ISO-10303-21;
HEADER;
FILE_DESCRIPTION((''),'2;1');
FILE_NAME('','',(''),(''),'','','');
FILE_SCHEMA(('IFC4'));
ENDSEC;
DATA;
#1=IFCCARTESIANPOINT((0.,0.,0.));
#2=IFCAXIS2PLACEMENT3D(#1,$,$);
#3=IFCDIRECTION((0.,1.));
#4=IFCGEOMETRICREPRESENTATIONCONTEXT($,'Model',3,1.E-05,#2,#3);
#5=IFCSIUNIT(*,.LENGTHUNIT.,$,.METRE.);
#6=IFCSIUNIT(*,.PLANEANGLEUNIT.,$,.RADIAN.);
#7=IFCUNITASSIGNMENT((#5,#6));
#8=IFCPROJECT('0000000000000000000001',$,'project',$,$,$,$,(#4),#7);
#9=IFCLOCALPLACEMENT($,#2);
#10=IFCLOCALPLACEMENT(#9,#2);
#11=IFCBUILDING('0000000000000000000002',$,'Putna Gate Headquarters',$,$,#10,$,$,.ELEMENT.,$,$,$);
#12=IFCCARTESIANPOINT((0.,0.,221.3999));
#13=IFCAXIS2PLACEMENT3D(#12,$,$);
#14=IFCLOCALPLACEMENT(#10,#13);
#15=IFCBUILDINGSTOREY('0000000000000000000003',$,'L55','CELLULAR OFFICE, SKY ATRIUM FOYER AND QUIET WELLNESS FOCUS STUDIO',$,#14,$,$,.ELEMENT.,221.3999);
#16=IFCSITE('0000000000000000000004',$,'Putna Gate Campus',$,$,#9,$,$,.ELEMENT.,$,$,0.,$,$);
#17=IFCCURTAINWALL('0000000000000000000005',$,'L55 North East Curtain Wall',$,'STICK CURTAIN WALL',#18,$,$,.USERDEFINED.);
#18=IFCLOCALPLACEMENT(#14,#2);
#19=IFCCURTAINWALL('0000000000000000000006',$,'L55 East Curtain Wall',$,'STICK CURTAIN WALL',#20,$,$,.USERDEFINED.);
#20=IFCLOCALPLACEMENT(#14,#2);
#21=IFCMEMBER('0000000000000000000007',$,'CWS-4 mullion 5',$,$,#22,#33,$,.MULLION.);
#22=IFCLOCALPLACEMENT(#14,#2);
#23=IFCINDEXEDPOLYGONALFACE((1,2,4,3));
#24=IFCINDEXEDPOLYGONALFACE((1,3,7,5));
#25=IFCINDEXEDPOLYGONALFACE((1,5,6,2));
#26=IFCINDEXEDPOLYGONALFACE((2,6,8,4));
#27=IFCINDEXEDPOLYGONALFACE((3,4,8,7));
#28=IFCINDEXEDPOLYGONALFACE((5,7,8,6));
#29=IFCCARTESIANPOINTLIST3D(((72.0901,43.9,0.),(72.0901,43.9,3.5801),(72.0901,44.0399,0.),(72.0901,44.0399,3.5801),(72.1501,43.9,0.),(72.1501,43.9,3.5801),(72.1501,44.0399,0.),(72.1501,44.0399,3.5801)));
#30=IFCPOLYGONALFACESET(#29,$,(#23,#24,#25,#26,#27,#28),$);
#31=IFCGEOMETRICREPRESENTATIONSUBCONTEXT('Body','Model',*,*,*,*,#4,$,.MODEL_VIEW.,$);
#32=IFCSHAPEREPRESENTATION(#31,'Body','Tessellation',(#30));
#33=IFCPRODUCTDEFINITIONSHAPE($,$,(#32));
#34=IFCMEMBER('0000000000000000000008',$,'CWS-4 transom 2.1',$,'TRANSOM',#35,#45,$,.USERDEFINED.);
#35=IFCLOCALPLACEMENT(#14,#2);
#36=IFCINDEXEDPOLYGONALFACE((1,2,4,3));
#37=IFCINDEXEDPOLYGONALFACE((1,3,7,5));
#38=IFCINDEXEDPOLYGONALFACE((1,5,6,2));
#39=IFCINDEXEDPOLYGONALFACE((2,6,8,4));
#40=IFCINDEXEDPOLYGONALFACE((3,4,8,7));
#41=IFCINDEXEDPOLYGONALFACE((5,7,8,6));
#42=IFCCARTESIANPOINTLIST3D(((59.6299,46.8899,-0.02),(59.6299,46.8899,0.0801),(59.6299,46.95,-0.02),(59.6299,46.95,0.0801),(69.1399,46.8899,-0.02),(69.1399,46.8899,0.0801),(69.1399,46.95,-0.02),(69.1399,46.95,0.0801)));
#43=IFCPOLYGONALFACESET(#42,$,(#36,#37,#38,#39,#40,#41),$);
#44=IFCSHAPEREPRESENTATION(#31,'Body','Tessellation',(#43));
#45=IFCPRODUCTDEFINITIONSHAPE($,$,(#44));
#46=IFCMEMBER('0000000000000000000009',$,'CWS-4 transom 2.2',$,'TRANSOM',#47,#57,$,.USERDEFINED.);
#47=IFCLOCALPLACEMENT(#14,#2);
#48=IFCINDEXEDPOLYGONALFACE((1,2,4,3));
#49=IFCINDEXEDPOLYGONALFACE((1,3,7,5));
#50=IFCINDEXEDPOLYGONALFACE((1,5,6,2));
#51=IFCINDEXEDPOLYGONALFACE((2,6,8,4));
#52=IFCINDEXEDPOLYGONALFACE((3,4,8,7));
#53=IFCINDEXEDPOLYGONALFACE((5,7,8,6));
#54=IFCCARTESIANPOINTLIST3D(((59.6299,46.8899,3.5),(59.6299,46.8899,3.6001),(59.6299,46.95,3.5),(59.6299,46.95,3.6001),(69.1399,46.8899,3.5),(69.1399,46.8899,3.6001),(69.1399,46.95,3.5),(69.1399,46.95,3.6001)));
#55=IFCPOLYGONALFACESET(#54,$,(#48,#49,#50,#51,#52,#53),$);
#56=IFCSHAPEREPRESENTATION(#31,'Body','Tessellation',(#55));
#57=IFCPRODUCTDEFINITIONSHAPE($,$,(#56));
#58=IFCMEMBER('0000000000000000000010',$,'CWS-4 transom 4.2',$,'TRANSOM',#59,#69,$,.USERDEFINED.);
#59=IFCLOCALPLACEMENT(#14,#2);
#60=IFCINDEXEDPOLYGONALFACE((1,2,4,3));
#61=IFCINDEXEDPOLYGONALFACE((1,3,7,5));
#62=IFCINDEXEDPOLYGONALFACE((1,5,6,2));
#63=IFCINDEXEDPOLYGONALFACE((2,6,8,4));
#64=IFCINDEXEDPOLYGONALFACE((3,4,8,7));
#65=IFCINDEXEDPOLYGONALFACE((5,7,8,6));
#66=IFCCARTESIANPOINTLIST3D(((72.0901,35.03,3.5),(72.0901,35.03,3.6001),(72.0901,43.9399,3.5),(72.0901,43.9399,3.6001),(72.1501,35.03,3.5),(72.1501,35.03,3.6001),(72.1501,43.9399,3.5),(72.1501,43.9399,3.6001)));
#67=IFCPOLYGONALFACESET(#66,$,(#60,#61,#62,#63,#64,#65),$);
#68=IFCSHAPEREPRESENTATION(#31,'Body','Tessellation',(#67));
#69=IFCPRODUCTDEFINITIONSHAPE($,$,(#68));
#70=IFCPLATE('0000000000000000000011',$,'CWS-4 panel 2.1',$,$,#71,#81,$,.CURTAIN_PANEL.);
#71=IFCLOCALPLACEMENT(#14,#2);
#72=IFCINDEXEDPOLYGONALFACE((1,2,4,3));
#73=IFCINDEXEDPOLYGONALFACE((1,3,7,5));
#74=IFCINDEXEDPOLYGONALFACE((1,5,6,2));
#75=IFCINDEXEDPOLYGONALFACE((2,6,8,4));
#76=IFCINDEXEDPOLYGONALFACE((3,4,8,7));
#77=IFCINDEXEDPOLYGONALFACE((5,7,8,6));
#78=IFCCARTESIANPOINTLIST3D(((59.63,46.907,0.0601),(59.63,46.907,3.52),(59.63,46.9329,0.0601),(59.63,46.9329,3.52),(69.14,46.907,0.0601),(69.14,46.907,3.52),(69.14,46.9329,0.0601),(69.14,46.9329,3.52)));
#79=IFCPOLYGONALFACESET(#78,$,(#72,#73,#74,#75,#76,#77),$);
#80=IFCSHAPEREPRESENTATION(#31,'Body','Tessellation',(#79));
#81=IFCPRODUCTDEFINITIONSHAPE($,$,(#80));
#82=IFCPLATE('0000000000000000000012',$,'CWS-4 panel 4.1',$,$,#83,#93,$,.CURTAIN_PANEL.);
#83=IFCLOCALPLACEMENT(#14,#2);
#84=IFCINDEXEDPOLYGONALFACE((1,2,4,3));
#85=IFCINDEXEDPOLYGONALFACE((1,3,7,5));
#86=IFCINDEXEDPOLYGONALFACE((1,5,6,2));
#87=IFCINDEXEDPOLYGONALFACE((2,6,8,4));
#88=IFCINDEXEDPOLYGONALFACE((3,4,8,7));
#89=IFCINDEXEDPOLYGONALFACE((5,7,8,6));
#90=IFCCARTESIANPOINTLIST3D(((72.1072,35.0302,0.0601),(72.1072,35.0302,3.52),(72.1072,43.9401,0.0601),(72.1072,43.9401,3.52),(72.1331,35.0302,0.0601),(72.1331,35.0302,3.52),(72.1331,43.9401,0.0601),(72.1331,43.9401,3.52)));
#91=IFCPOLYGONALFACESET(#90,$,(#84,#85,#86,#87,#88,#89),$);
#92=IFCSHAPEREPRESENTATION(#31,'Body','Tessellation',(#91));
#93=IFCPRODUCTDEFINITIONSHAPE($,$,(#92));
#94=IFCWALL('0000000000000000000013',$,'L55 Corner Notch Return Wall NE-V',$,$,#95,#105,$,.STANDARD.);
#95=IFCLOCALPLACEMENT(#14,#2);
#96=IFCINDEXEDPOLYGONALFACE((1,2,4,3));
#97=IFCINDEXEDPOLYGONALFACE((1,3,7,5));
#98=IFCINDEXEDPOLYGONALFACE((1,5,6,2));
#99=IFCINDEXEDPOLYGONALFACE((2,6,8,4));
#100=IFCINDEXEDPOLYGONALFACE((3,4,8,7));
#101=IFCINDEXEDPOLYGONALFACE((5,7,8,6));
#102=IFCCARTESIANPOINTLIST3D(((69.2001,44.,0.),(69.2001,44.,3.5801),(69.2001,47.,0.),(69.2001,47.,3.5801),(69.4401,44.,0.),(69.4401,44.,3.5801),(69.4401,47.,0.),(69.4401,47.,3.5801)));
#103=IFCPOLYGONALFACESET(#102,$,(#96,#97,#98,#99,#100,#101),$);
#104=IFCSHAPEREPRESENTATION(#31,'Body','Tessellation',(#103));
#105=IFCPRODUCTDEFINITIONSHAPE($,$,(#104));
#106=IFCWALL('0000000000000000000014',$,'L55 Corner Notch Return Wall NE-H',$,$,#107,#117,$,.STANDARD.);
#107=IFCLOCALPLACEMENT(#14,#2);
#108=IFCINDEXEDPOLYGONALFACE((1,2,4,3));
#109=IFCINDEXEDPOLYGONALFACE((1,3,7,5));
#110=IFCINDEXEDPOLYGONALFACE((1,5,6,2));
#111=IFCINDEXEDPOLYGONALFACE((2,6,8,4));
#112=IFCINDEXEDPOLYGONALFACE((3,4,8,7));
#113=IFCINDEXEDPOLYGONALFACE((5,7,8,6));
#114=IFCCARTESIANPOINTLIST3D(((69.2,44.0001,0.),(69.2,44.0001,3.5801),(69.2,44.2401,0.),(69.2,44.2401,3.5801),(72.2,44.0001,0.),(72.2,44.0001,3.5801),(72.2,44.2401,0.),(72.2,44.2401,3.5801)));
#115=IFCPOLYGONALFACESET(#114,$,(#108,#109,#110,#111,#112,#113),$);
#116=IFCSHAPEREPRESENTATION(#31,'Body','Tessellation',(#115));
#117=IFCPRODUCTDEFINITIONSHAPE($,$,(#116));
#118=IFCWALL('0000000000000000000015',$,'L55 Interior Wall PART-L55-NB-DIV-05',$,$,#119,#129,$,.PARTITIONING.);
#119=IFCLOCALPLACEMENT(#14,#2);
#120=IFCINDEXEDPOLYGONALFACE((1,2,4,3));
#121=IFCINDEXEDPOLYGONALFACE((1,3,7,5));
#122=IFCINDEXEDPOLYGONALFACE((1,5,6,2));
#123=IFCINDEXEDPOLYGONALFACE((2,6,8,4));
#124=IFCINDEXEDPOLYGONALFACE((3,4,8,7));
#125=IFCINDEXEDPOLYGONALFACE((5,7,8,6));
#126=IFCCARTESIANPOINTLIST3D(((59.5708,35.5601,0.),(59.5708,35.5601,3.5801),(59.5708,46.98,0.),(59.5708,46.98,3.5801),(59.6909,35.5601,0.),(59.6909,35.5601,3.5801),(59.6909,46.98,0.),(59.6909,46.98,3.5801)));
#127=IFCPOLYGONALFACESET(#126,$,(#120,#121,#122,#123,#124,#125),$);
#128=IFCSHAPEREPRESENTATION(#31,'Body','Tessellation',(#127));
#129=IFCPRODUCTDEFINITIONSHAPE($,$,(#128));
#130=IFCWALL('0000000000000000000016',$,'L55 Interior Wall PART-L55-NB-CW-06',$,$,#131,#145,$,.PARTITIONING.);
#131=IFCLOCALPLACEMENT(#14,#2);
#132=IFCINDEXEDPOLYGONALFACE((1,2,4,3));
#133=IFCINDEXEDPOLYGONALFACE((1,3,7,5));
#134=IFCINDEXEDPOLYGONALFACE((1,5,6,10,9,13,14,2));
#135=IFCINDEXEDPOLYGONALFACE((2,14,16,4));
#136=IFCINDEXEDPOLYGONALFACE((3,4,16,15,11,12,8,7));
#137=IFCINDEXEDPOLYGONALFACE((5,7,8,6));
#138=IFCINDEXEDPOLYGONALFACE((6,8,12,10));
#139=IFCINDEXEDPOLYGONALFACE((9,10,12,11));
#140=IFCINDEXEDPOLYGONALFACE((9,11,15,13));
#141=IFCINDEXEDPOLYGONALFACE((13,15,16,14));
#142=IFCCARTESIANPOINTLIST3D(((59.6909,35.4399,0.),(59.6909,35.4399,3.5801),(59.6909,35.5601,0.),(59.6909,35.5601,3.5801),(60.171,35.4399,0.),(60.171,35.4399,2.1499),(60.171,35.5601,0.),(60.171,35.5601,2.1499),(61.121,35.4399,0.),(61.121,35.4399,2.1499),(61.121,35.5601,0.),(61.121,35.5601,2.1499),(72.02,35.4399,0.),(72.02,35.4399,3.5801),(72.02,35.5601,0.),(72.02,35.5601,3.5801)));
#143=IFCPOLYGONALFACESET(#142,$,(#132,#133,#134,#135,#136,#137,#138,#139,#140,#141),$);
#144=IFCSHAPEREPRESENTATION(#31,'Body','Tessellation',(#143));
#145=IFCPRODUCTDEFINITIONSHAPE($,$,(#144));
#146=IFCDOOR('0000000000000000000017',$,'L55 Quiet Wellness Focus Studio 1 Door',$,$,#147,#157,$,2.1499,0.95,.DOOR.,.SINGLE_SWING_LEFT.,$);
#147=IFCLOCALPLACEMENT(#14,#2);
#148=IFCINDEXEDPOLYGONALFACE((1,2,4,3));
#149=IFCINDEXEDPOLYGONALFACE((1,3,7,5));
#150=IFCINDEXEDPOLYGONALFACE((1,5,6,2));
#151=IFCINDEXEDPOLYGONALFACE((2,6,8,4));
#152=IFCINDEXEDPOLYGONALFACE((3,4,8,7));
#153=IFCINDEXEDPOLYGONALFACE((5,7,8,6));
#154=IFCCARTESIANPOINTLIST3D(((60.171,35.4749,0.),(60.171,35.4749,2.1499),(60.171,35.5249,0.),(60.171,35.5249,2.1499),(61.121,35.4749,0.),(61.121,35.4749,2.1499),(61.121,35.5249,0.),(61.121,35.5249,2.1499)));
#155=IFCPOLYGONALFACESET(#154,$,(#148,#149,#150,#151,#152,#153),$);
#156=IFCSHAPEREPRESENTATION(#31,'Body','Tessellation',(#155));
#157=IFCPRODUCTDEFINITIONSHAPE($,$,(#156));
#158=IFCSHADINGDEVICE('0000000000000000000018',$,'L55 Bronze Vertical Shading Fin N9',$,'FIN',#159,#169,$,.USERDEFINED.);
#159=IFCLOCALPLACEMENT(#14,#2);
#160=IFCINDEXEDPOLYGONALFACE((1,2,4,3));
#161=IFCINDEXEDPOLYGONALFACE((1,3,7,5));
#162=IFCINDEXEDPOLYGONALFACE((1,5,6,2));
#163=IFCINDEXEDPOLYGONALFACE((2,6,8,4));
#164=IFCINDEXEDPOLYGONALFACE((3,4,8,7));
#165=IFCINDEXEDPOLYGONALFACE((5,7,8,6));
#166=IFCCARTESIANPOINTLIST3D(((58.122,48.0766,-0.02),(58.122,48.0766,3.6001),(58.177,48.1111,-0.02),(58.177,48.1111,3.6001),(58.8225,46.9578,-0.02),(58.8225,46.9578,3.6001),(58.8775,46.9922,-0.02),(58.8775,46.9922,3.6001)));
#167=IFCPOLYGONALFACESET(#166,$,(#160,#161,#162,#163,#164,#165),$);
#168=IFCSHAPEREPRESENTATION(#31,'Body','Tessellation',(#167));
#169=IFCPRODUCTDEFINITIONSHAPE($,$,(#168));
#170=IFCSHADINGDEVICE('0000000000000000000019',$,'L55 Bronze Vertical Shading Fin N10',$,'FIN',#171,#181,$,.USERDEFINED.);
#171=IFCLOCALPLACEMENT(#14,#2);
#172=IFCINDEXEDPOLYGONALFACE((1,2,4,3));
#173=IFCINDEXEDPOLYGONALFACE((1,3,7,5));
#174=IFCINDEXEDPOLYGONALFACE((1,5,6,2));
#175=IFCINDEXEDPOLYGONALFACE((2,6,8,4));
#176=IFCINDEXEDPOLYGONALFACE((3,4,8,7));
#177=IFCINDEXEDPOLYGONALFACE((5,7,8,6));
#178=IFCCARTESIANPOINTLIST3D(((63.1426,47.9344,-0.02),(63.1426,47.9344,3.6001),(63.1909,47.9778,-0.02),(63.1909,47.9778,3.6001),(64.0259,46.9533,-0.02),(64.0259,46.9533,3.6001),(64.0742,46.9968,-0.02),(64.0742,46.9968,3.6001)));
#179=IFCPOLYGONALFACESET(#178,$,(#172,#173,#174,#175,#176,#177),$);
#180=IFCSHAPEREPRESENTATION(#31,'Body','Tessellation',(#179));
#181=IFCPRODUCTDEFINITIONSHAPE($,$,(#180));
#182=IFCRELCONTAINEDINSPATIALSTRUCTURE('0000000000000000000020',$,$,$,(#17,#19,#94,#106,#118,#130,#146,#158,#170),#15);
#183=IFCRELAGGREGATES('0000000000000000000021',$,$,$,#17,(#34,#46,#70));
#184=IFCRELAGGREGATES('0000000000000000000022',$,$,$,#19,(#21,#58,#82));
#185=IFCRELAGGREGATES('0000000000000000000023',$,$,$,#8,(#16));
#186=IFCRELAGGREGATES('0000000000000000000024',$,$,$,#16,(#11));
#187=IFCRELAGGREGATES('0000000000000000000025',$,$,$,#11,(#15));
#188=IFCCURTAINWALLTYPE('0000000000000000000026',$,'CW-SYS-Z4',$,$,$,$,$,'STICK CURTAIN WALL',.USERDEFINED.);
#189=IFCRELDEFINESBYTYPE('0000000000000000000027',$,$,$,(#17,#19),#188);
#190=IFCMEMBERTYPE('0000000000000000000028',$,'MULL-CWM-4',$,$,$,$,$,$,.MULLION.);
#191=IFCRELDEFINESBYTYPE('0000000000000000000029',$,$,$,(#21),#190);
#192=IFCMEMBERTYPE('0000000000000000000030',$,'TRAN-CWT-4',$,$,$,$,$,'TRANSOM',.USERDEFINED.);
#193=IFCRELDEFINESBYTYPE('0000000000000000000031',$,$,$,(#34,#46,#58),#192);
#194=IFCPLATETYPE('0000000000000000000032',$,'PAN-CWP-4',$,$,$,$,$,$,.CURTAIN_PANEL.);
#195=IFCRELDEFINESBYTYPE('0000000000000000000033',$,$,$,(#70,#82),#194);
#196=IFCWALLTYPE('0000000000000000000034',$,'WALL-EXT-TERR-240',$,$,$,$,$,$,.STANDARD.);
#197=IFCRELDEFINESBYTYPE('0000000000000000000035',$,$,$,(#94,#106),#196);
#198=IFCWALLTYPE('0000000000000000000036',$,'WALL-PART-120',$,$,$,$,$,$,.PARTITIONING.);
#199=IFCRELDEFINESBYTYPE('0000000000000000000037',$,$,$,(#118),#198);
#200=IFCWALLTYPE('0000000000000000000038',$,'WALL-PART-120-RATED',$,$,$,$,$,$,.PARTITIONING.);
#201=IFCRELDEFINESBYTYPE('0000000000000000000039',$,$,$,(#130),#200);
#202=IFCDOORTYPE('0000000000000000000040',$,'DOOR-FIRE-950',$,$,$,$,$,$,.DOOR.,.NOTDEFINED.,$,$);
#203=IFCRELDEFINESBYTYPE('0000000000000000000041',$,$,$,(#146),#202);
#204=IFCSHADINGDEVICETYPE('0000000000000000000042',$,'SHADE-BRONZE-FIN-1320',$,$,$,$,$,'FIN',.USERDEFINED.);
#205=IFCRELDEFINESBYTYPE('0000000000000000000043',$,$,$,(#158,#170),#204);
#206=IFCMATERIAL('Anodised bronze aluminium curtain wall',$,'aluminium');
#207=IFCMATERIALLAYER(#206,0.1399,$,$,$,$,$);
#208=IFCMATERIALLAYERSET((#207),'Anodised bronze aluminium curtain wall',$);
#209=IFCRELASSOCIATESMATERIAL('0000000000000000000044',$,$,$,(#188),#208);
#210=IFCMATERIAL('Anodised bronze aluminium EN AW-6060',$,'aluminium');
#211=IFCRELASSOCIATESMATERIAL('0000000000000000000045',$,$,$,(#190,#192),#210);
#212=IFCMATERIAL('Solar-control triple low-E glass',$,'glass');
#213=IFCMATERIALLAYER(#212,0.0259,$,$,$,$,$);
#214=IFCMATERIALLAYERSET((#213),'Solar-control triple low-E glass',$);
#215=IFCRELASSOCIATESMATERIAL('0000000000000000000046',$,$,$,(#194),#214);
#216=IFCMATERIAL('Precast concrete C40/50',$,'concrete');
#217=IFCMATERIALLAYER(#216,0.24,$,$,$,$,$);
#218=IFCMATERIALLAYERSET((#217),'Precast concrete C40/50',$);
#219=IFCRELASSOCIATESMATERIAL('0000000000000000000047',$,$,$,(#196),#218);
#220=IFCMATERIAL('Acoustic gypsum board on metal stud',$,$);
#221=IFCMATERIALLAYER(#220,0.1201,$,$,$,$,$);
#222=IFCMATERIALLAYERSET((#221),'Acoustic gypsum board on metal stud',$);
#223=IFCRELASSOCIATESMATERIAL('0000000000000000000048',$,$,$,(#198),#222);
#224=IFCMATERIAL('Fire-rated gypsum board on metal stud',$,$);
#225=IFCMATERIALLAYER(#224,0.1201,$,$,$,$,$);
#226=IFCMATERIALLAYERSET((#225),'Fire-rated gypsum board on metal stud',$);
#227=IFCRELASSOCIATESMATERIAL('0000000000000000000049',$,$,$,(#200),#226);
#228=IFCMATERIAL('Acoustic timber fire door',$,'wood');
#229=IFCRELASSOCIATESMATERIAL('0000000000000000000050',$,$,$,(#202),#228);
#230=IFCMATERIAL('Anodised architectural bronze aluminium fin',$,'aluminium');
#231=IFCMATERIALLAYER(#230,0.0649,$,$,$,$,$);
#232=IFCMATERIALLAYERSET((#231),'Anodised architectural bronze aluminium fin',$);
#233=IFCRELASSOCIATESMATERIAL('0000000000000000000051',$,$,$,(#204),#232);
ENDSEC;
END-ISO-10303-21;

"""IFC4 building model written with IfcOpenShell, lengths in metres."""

from ifc_helpers import new_model, si_unit, direction, frame, frame_2d, origin, origin_2d, place, context, subcontext, project, spatial, rectangle, extrude, material, layer, layer_set, material_profile, profile_set, type_object, element, fill, aggregate, save


model = new_model("IFC4")

# Units and contexts
model_context = context("Model", 3, precision=1e-05, world=origin(), true_north=direction((0.0, 1.0)))
body_context = subcontext(model_context, "Body", "Model", "MODEL_VIEW")
ifc_project = project(units=[si_unit("LENGTHUNIT", "METRE"), si_unit("PLANEANGLEUNIT", "RADIAN")], contexts=[model_context])

# Site, building, storey
site_placement = place(None, origin())
site = spatial("IfcSite", under=ifc_project, at=site_placement, Name="Putna Gate Campus", CompositionType="ELEMENT", RefElevation=0.0)
building_placement = place(site_placement, origin())
building = spatial("IfcBuilding", under=site, at=building_placement, Name="Putna Gate Headquarters", CompositionType="ELEMENT")
storey_placement = place(building_placement, frame((0.0, 0.0, 221.3999)))
storey = spatial("IfcBuildingStorey", under=building, at=storey_placement, Name="L55", Description="CELLULAR OFFICE, SKY ATRIUM FOYER AND QUIET WELLNESS FOCUS STUDIO", CompositionType="ELEMENT", Elevation=221.3999)

# Curtain wall
ifc_material_1 = material(Name="Anodised bronze aluminium curtain wall", Category="aluminium")
ifc_layer_1 = layer(ifc_material_1, 0.1399)
ifc_layer_set_1 = layer_set([ifc_layer_1], Name="Anodised bronze aluminium curtain wall")
curtain_wall_type = type_object("IfcCurtainWallType", Name="CW-SYS-Z4", ElementType="STICK CURTAIN WALL", PredefinedType="USERDEFINED", material=ifc_layer_set_1)
curtain_wall_1_placement = place(storey_placement, origin())
curtain_wall_1 = element("IfcCurtainWall", 1, at=curtain_wall_1_placement, inside=storey, type_object=curtain_wall_type, Name="L55 North East Curtain Wall", ObjectType="STICK CURTAIN WALL", PredefinedType="USERDEFINED")
ifc_material_2 = material(Name="Anodised bronze aluminium EN AW-6060", Category="aluminium")
ifc_material_profile_1 = material_profile(ifc_material_2, rectangle(XDim=0.0601, YDim=0.1399, at=origin_2d()), Name="Anodised bronze aluminium EN AW-6060")
ifc_profile_set_1 = profile_set([ifc_material_profile_1], Name="Anodised bronze aluminium EN AW-6060")
member_type_1 = type_object("IfcMemberType", Name="MULL-CWM-4", PredefinedType="MULLION", material=ifc_profile_set_1)

# Curtain wall, member
curtain_wall_2_placement = place(storey_placement, origin())
curtain_wall_2 = element("IfcCurtainWall", 2, at=curtain_wall_2_placement, inside=storey, type_object=curtain_wall_type, Name="L55 East Curtain Wall", ObjectType="STICK CURTAIN WALL", PredefinedType="USERDEFINED")
member_1_placement = place(storey_placement, frame((72.1201, 43.97, 0.0), z_axis=(0.0, 0.0, 1.0), x_axis=(-1.0, 0.0, 0.0)))
member_1 = element("IfcMember", 3, at=member_1_placement, type_object=member_type_1, Name="CWS-4 mullion 5", PredefinedType="MULLION", context=body_context, shape_type="SweptSolid", body=[
    extrude(rectangle(XDim=0.0601, YDim=0.1399, at=origin_2d()), origin(), (0.0, 0.0, 1.0), 3.5801),
])

# Members
ifc_material_profile_2 = material_profile(ifc_material_2, rectangle(XDim=0.0601, YDim=0.1001, at=origin_2d()), Name="Anodised bronze aluminium EN AW-6060")
ifc_profile_set_2 = profile_set([ifc_material_profile_2], Name="Anodised bronze aluminium EN AW-6060")
member_type_2 = type_object("IfcMemberType", Name="TRAN-CWT-4", ElementType="TRANSOM", PredefinedType="USERDEFINED", material=ifc_profile_set_2)
member_2_placement = place(storey_placement, frame((59.6299, 46.9199, 0.03), z_axis=(1.0, 0.0, 0.0), x_axis=(0.0, 1.0, 0.0)))
member_2 = element("IfcMember", 4, at=member_2_placement, type_object=member_type_2, Name="CWS-4 transom 2.1", ObjectType="TRANSOM", PredefinedType="USERDEFINED", context=body_context, shape_type="SweptSolid", body=[
    extrude(rectangle(XDim=0.0601, YDim=0.1001, at=origin_2d()), origin(), (0.0, 0.0, 1.0), 9.51),
])
member_3_placement = place(storey_placement, frame((59.6299, 46.9199, 3.55), z_axis=(1.0, 0.0, 0.0), x_axis=(0.0, 1.0, 0.0)))
member_3 = element("IfcMember", 5, at=member_3_placement, type_object=member_type_2, Name="CWS-4 transom 2.2", ObjectType="TRANSOM", PredefinedType="USERDEFINED", context=body_context, shape_type="SweptSolid", body=[
    extrude(rectangle(XDim=0.0601, YDim=0.1001, at=origin_2d()), origin(), (0.0, 0.0, 1.0), 9.51),
])
member_4_placement = place(storey_placement, frame((72.1201, 35.03, 3.55), z_axis=(0.0, 1.0, 0.0), x_axis=(-1.0, 0.0, 0.0)))
member_4 = element("IfcMember", 6, at=member_4_placement, type_object=member_type_2, Name="CWS-4 transom 4.2", ObjectType="TRANSOM", PredefinedType="USERDEFINED", context=body_context, shape_type="SweptSolid", body=[
    extrude(rectangle(XDim=0.0601, YDim=0.1001, at=origin_2d()), origin(), (0.0, 0.0, 1.0), 8.9099),
])

# Plates
ifc_material_3 = material(Name="Solar-control triple low-E glass", Category="glass")
ifc_layer_2 = layer(ifc_material_3, 0.0259)
ifc_layer_set_2 = layer_set([ifc_layer_2], Name="Solar-control triple low-E glass")
plate_type = type_object("IfcPlateType", Name="PAN-CWP-4", PredefinedType="CURTAIN_PANEL", material=ifc_layer_set_2)
plate_1_placement = place(storey_placement, frame((64.385, 46.9199, 0.0601), z_axis=(0.0, 0.0, 1.0), x_axis=(1.0, 0.0, 0.0)))
plate_1 = element("IfcPlate", 7, at=plate_1_placement, type_object=plate_type, Name="CWS-4 panel 2.1", PredefinedType="CURTAIN_PANEL", context=body_context, shape_type="SweptSolid", body=[
    extrude(rectangle(XDim=9.51, YDim=0.0259, at=origin_2d()), origin(), (0.0, 0.0, 1.0), 3.46),
])
aggregate(curtain_wall_1, [member_2, member_3, plate_1])
plate_2_placement = place(storey_placement, frame((72.1201, 39.4851, 0.0601), z_axis=(0.0, 0.0, 1.0), x_axis=(0.0, 1.0, 0.0)))
plate_2 = element("IfcPlate", 8, at=plate_2_placement, type_object=plate_type, Name="CWS-4 panel 4.1", PredefinedType="CURTAIN_PANEL", context=body_context, shape_type="SweptSolid", body=[
    extrude(rectangle(XDim=8.9099, YDim=0.0259, at=origin_2d()), origin(), (0.0, 0.0, 1.0), 3.46),
])
aggregate(curtain_wall_2, [member_1, member_4, plate_2])

# Walls
ifc_material_4 = material(Name="Precast concrete C40/50", Category="concrete")
ifc_layer_3 = layer(ifc_material_4, 0.24)
ifc_layer_set_3 = layer_set([ifc_layer_3], Name="Precast concrete C40/50")
wall_type_1 = type_object("IfcWallType", Name="WALL-EXT-TERR-240", PredefinedType="STANDARD", material=ifc_layer_set_3)
for number, where, z_axis, x_axis, name in (
    (9, (69.3201, 47.0, 0.0), (0.0, 0.0, 1.0), (0.0, -1.0, 0.0), "L55 Corner Notch Return Wall NE-V"),
    (10, (69.2, 44.1201, 0.0), (0.0, 0.0, 1.0), (1.0, 0.0, 0.0), "L55 Corner Notch Return Wall NE-H"),
):
    element("IfcWall", number, at=place(storey_placement, frame(where, z_axis=z_axis, x_axis=x_axis)), inside=storey, type_object=wall_type_1, Name=name, PredefinedType="STANDARD", context=body_context, shape_type="SweptSolid", body=[
        extrude(rectangle(XDim=3.0, YDim=0.24, at=frame_2d((1.5, 0.0))), origin(), (0.0, 0.0, 1.0), 3.5801),
    ])
ifc_material_5 = material(Name="Acoustic gypsum board on metal stud")
ifc_layer_4 = layer(ifc_material_5, 0.1201)
ifc_layer_set_4 = layer_set([ifc_layer_4], Name="Acoustic gypsum board on metal stud")
wall_type_2 = type_object("IfcWallType", Name="WALL-PART-120", PredefinedType="PARTITIONING", material=ifc_layer_set_4)
wall_1_placement = place(storey_placement, frame((59.6309, 35.5601, 0.0), z_axis=(0.0, 0.0, 1.0), x_axis=(0.0, 1.0, 0.0)))
element("IfcWall", 11, at=wall_1_placement, inside=storey, type_object=wall_type_2, Name="L55 Interior Wall PART-L55-NB-DIV-05", PredefinedType="PARTITIONING", context=body_context, shape_type="SweptSolid", body=[
    extrude(rectangle(XDim=11.4199, YDim=0.1201, at=frame_2d((5.71, 0.0))), origin(), (0.0, 0.0, 1.0), 3.5801),
])

# Wall, opening, door
ifc_material_6 = material(Name="Fire-rated gypsum board on metal stud")
ifc_layer_5 = layer(ifc_material_6, 0.1201)
ifc_layer_set_5 = layer_set([ifc_layer_5], Name="Fire-rated gypsum board on metal stud")
wall_type_3 = type_object("IfcWallType", Name="WALL-PART-120-RATED", PredefinedType="PARTITIONING", material=ifc_layer_set_5)
wall_2_placement = place(storey_placement, frame((59.6909, 35.5, 0.0), z_axis=(0.0, 0.0, 1.0), x_axis=(1.0, 0.0, 0.0)))
wall_2 = element("IfcWall", 12, at=wall_2_placement, inside=storey, type_object=wall_type_3, Name="L55 Interior Wall PART-L55-NB-CW-06", PredefinedType="PARTITIONING", context=body_context, shape_type="SweptSolid", body=[
    extrude(rectangle(XDim=12.3291, YDim=0.1201, at=frame_2d((6.1646, 0.0))), origin(), (0.0, 0.0, 1.0), 3.5801),
])
opening_placement = place(wall_2_placement, frame((0.48, 0.0, 0.0)))
opening = element("IfcOpeningElement", 13, at=opening_placement, cuts=wall_2, PredefinedType="OPENING", context=body_context, shape_type="SweptSolid", body=[
    extrude(rectangle(XDim=0.95, YDim=2.1499, at=frame_2d((0.4751, 1.075))), frame((0.0, 0.0701, 0.0), z_axis=(0.0, -1.0, 0.0), x_axis=(1.0, 0.0, 0.0)), (0.0, 0.0, 1.0), 0.1401),
])
ifc_material_7 = material(Name="Acoustic timber fire door", Category="wood")
door_type = type_object("IfcDoorType", Name="DOOR-FIRE-950", OperationType="NOTDEFINED", PredefinedType="DOOR", material=ifc_material_7)
door_placement = place(opening_placement, origin())
door = element("IfcDoor", 14, at=door_placement, inside=storey, type_object=door_type, Name="L55 Quiet Wellness Focus Studio 1 Door", OperationType="SINGLE_SWING_LEFT", OverallHeight=2.1499, OverallWidth=0.95, PredefinedType="DOOR", context=body_context, shape_type="SweptSolid", body=[
    extrude(rectangle(XDim=0.95, YDim=2.1499, at=frame_2d((0.4751, 1.075))), frame((0.0, 0.0249, 0.0), z_axis=(0.0, -1.0, 0.0), x_axis=(1.0, 0.0, 0.0)), (0.0, 0.0, 1.0), 0.05),
])
fill(opening, door)

# Shading devices
ifc_material_8 = material(Name="Anodised architectural bronze aluminium fin", Category="aluminium")
ifc_layer_6 = layer(ifc_material_8, 0.0649)
ifc_layer_set_6 = layer_set([ifc_layer_6], Name="Anodised architectural bronze aluminium fin")
shading_device_type = type_object("IfcShadingDeviceType", Name="SHADE-BRONZE-FIN-1320", ElementType="FIN", PredefinedType="USERDEFINED", material=ifc_layer_set_6)
for number, where, z_axis, x_axis, name in (
    (15, (58.4998, 47.5344, -0.02), (0.0, 0.0, 1.0), (-0.530659, 0.847585, 0.0), "L55 Bronze Vertical Shading Fin N9"),
    (16, (63.6084, 47.4656, -0.02), (0.0, 0.0, 1.0), (-0.669131, 0.743145, 0.0), "L55 Bronze Vertical Shading Fin N10"),
):
    element("IfcShadingDevice", number, at=place(storey_placement, frame(where, z_axis=z_axis, x_axis=x_axis)), inside=storey, type_object=shading_device_type, Name=name, ObjectType="FIN", PredefinedType="USERDEFINED", context=body_context, shape_type="SweptSolid", body=[
        extrude(rectangle(XDim=1.3201, YDim=0.0649, at=origin_2d()), origin(), (0.0, 0.0, 1.0), 3.6201),
    ])

save(model, "model.ifc")
